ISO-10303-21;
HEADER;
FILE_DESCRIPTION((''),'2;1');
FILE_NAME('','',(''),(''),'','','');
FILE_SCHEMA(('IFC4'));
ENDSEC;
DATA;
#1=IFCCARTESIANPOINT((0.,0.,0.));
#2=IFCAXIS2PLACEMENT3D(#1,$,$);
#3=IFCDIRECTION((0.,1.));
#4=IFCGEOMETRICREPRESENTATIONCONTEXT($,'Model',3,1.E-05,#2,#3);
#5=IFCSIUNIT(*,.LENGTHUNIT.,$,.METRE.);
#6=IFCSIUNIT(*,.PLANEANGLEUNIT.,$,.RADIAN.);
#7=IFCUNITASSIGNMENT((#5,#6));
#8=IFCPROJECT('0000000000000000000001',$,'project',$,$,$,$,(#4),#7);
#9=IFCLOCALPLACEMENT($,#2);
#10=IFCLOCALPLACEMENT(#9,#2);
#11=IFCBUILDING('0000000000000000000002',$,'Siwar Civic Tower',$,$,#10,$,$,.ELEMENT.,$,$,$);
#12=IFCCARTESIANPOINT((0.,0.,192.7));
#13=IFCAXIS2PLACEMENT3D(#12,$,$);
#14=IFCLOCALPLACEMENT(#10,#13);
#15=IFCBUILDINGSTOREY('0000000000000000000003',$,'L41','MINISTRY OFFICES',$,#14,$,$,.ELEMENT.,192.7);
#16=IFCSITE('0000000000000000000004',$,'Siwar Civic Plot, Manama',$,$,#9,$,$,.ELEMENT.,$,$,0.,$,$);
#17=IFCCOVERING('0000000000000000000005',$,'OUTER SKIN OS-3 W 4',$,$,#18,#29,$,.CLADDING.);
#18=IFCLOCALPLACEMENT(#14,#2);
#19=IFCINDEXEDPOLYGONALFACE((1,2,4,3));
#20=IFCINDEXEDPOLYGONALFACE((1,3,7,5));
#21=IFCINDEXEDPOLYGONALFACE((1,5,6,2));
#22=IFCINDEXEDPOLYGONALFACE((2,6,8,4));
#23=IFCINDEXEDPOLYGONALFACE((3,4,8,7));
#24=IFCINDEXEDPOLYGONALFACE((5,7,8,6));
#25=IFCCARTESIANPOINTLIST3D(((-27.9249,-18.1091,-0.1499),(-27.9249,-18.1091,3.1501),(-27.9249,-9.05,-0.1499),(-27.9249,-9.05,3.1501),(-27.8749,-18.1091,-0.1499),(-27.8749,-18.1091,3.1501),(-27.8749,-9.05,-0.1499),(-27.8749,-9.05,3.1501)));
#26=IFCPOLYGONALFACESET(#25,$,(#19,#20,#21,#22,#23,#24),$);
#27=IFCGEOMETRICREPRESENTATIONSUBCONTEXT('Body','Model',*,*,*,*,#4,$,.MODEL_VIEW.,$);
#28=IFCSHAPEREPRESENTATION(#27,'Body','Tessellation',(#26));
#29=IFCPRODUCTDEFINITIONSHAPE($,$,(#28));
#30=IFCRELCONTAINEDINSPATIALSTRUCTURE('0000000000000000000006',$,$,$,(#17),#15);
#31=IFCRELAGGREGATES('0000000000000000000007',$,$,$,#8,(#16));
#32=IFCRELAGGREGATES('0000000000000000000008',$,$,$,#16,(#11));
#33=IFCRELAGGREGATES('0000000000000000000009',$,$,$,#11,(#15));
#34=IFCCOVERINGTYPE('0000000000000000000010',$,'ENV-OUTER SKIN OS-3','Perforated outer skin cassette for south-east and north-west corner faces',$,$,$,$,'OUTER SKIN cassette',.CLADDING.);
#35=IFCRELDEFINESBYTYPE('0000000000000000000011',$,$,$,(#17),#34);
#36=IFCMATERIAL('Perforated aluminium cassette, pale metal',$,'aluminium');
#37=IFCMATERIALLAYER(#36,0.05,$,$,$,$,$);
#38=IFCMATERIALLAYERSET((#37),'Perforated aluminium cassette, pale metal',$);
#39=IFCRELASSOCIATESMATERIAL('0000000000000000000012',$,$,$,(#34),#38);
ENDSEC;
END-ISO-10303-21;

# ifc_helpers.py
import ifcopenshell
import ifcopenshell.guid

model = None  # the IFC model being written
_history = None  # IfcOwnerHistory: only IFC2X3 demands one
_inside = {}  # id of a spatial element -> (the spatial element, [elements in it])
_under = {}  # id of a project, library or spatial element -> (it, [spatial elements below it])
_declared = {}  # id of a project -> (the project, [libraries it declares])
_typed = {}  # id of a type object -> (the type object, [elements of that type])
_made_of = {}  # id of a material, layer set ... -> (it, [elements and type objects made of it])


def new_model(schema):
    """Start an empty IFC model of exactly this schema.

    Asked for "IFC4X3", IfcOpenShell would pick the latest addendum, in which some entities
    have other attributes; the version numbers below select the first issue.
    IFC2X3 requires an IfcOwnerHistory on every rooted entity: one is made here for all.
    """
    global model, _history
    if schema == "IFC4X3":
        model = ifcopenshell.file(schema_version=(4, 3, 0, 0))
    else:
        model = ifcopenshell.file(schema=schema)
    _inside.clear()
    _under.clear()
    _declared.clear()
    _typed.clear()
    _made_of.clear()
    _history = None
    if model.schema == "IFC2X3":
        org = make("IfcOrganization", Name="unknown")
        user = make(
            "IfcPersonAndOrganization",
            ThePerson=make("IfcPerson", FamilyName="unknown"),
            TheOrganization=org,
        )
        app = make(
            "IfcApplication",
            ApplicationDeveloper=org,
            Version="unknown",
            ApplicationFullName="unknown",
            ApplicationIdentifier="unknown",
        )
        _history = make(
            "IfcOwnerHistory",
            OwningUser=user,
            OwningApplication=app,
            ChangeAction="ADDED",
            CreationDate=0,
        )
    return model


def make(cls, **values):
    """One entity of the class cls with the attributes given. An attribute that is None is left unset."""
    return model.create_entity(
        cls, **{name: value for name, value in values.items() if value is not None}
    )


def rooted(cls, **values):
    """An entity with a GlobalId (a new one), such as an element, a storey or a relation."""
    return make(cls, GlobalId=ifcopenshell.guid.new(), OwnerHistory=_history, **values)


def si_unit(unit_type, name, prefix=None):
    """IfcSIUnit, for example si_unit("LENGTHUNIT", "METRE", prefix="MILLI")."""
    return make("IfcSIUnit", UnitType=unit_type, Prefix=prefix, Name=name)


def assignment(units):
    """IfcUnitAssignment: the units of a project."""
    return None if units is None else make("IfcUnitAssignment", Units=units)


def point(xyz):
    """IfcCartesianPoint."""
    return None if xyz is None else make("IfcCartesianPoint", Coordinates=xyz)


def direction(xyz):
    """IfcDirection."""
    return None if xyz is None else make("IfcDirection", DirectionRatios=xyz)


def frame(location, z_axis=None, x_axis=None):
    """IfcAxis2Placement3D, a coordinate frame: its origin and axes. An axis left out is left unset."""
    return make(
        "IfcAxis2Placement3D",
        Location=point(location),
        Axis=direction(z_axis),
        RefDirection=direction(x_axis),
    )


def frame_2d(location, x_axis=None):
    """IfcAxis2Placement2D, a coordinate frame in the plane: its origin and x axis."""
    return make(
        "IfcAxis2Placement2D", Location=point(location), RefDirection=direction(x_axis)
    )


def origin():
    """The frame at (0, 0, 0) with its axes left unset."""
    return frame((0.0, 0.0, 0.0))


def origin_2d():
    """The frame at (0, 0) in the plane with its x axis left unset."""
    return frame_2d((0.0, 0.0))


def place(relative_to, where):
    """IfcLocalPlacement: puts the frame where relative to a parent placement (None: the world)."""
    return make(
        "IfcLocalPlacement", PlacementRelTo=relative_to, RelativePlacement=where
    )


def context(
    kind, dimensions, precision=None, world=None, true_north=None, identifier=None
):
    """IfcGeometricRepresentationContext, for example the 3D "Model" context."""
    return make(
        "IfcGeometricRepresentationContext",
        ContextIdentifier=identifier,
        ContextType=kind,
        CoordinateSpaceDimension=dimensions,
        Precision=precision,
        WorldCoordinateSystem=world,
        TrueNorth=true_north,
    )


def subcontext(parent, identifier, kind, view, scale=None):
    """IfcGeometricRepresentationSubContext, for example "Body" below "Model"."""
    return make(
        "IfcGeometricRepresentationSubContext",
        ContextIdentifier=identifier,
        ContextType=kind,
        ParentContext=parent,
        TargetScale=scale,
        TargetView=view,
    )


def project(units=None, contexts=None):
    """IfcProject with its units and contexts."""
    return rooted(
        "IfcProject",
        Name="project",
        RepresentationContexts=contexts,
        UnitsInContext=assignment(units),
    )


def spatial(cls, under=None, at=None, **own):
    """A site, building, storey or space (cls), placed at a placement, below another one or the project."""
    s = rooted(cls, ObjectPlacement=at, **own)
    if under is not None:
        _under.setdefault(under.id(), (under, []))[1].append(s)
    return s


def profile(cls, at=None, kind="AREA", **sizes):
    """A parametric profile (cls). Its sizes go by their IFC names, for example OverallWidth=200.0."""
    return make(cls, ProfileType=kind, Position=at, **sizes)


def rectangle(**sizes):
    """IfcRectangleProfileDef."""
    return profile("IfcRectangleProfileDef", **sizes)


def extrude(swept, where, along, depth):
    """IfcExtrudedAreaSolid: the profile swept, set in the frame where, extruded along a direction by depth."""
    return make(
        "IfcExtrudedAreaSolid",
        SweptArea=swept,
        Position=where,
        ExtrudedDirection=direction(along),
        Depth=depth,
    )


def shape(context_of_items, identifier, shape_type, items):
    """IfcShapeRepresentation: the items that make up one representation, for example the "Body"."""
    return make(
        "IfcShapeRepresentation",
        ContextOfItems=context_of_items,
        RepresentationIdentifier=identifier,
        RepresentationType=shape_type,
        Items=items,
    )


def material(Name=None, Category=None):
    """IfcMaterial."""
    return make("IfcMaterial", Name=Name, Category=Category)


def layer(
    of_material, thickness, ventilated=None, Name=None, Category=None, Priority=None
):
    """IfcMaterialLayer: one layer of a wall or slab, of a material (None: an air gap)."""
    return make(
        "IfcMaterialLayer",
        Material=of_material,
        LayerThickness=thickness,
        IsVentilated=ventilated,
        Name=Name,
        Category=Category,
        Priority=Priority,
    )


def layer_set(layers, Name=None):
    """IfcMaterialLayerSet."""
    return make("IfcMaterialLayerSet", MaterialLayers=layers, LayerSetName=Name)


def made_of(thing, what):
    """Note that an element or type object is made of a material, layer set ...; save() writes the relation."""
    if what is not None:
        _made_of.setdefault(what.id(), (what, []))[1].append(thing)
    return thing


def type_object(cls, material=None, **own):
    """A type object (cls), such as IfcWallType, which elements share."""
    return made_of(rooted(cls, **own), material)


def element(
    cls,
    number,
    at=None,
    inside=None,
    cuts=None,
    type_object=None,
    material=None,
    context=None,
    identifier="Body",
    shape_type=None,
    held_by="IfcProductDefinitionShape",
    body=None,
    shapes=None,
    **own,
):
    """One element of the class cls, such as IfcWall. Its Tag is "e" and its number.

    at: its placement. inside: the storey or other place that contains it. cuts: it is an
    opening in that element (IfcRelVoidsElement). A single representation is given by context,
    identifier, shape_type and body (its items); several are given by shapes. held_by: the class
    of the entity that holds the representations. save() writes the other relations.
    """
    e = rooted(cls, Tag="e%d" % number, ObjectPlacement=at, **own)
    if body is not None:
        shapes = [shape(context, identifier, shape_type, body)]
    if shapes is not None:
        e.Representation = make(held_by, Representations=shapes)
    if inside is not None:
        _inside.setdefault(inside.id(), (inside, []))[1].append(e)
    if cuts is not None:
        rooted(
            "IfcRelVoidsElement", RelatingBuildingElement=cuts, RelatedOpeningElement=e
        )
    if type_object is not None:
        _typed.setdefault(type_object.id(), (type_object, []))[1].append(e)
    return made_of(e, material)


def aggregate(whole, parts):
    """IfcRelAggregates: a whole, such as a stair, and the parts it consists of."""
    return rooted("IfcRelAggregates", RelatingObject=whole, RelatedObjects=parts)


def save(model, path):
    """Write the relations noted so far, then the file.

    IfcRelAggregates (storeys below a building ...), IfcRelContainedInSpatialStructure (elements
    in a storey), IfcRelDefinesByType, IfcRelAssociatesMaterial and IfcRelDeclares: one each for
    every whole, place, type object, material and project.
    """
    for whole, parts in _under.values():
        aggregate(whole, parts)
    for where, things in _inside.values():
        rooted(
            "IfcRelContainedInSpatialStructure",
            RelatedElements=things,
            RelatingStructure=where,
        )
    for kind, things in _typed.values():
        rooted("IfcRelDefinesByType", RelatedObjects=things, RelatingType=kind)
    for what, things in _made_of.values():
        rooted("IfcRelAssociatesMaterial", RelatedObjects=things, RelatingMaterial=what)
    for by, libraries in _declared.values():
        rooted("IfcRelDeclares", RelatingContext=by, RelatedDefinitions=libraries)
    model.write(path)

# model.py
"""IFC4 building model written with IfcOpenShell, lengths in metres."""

from ifc_helpers import new_model, si_unit, direction, frame, origin, origin_2d, place, context, subcontext, project, spatial, rectangle, extrude, material, layer, layer_set, type_object, element, save


model = new_model("IFC4")

# Units and contexts
model_context = context("Model", 3, precision=1e-05, world=origin(), true_north=direction((0.0, 1.0)))
body_context = subcontext(model_context, "Body", "Model", "MODEL_VIEW")
ifc_project = project(units=[si_unit("LENGTHUNIT", "METRE"), si_unit("PLANEANGLEUNIT", "RADIAN")], contexts=[model_context])

# Site, building, storey
site_placement = place(None, origin())
site = spatial("IfcSite", under=ifc_project, at=site_placement, Name="Siwar Civic Plot, Manama", CompositionType="ELEMENT", RefElevation=0.0)
building_placement = place(site_placement, origin())
building = spatial("IfcBuilding", under=site, at=building_placement, Name="Siwar Civic Tower", CompositionType="ELEMENT")
storey_placement = place(building_placement, frame((0.0, 0.0, 192.7)))
storey = spatial("IfcBuildingStorey", under=building, at=storey_placement, Name="L41", Description="MINISTRY OFFICES", CompositionType="ELEMENT", Elevation=192.7)

# Covering
ifc_material_1 = material(Name="Perforated aluminium cassette, pale metal", Category="aluminium")
ifc_layer_1 = layer(ifc_material_1, 0.05)
ifc_layer_set_1 = layer_set([ifc_layer_1], Name="Perforated aluminium cassette, pale metal")
covering_type = type_object("IfcCoveringType", Name="ENV-OUTER SKIN OS-3", Description="Perforated outer skin cassette for south-east and north-west corner faces", ElementType="OUTER SKIN cassette", PredefinedType="CLADDING", material=ifc_layer_set_1)
covering_placement = place(storey_placement, frame((-27.8999, -13.5796, -0.1499), z_axis=(0.0, 0.0, 1.0), x_axis=(0.0, -1.0, 0.0)))
element("IfcCovering", 1, at=covering_placement, inside=storey, type_object=covering_type, Name="OUTER SKIN OS-3 W 4", PredefinedType="CLADDING", context=body_context, shape_type="SweptSolid", body=[
    extrude(rectangle(XDim=9.0591, YDim=0.05, at=origin_2d()), origin(), (0.0, 0.0, 1.0), 3.3),
])

save(model, "model.ifc")
